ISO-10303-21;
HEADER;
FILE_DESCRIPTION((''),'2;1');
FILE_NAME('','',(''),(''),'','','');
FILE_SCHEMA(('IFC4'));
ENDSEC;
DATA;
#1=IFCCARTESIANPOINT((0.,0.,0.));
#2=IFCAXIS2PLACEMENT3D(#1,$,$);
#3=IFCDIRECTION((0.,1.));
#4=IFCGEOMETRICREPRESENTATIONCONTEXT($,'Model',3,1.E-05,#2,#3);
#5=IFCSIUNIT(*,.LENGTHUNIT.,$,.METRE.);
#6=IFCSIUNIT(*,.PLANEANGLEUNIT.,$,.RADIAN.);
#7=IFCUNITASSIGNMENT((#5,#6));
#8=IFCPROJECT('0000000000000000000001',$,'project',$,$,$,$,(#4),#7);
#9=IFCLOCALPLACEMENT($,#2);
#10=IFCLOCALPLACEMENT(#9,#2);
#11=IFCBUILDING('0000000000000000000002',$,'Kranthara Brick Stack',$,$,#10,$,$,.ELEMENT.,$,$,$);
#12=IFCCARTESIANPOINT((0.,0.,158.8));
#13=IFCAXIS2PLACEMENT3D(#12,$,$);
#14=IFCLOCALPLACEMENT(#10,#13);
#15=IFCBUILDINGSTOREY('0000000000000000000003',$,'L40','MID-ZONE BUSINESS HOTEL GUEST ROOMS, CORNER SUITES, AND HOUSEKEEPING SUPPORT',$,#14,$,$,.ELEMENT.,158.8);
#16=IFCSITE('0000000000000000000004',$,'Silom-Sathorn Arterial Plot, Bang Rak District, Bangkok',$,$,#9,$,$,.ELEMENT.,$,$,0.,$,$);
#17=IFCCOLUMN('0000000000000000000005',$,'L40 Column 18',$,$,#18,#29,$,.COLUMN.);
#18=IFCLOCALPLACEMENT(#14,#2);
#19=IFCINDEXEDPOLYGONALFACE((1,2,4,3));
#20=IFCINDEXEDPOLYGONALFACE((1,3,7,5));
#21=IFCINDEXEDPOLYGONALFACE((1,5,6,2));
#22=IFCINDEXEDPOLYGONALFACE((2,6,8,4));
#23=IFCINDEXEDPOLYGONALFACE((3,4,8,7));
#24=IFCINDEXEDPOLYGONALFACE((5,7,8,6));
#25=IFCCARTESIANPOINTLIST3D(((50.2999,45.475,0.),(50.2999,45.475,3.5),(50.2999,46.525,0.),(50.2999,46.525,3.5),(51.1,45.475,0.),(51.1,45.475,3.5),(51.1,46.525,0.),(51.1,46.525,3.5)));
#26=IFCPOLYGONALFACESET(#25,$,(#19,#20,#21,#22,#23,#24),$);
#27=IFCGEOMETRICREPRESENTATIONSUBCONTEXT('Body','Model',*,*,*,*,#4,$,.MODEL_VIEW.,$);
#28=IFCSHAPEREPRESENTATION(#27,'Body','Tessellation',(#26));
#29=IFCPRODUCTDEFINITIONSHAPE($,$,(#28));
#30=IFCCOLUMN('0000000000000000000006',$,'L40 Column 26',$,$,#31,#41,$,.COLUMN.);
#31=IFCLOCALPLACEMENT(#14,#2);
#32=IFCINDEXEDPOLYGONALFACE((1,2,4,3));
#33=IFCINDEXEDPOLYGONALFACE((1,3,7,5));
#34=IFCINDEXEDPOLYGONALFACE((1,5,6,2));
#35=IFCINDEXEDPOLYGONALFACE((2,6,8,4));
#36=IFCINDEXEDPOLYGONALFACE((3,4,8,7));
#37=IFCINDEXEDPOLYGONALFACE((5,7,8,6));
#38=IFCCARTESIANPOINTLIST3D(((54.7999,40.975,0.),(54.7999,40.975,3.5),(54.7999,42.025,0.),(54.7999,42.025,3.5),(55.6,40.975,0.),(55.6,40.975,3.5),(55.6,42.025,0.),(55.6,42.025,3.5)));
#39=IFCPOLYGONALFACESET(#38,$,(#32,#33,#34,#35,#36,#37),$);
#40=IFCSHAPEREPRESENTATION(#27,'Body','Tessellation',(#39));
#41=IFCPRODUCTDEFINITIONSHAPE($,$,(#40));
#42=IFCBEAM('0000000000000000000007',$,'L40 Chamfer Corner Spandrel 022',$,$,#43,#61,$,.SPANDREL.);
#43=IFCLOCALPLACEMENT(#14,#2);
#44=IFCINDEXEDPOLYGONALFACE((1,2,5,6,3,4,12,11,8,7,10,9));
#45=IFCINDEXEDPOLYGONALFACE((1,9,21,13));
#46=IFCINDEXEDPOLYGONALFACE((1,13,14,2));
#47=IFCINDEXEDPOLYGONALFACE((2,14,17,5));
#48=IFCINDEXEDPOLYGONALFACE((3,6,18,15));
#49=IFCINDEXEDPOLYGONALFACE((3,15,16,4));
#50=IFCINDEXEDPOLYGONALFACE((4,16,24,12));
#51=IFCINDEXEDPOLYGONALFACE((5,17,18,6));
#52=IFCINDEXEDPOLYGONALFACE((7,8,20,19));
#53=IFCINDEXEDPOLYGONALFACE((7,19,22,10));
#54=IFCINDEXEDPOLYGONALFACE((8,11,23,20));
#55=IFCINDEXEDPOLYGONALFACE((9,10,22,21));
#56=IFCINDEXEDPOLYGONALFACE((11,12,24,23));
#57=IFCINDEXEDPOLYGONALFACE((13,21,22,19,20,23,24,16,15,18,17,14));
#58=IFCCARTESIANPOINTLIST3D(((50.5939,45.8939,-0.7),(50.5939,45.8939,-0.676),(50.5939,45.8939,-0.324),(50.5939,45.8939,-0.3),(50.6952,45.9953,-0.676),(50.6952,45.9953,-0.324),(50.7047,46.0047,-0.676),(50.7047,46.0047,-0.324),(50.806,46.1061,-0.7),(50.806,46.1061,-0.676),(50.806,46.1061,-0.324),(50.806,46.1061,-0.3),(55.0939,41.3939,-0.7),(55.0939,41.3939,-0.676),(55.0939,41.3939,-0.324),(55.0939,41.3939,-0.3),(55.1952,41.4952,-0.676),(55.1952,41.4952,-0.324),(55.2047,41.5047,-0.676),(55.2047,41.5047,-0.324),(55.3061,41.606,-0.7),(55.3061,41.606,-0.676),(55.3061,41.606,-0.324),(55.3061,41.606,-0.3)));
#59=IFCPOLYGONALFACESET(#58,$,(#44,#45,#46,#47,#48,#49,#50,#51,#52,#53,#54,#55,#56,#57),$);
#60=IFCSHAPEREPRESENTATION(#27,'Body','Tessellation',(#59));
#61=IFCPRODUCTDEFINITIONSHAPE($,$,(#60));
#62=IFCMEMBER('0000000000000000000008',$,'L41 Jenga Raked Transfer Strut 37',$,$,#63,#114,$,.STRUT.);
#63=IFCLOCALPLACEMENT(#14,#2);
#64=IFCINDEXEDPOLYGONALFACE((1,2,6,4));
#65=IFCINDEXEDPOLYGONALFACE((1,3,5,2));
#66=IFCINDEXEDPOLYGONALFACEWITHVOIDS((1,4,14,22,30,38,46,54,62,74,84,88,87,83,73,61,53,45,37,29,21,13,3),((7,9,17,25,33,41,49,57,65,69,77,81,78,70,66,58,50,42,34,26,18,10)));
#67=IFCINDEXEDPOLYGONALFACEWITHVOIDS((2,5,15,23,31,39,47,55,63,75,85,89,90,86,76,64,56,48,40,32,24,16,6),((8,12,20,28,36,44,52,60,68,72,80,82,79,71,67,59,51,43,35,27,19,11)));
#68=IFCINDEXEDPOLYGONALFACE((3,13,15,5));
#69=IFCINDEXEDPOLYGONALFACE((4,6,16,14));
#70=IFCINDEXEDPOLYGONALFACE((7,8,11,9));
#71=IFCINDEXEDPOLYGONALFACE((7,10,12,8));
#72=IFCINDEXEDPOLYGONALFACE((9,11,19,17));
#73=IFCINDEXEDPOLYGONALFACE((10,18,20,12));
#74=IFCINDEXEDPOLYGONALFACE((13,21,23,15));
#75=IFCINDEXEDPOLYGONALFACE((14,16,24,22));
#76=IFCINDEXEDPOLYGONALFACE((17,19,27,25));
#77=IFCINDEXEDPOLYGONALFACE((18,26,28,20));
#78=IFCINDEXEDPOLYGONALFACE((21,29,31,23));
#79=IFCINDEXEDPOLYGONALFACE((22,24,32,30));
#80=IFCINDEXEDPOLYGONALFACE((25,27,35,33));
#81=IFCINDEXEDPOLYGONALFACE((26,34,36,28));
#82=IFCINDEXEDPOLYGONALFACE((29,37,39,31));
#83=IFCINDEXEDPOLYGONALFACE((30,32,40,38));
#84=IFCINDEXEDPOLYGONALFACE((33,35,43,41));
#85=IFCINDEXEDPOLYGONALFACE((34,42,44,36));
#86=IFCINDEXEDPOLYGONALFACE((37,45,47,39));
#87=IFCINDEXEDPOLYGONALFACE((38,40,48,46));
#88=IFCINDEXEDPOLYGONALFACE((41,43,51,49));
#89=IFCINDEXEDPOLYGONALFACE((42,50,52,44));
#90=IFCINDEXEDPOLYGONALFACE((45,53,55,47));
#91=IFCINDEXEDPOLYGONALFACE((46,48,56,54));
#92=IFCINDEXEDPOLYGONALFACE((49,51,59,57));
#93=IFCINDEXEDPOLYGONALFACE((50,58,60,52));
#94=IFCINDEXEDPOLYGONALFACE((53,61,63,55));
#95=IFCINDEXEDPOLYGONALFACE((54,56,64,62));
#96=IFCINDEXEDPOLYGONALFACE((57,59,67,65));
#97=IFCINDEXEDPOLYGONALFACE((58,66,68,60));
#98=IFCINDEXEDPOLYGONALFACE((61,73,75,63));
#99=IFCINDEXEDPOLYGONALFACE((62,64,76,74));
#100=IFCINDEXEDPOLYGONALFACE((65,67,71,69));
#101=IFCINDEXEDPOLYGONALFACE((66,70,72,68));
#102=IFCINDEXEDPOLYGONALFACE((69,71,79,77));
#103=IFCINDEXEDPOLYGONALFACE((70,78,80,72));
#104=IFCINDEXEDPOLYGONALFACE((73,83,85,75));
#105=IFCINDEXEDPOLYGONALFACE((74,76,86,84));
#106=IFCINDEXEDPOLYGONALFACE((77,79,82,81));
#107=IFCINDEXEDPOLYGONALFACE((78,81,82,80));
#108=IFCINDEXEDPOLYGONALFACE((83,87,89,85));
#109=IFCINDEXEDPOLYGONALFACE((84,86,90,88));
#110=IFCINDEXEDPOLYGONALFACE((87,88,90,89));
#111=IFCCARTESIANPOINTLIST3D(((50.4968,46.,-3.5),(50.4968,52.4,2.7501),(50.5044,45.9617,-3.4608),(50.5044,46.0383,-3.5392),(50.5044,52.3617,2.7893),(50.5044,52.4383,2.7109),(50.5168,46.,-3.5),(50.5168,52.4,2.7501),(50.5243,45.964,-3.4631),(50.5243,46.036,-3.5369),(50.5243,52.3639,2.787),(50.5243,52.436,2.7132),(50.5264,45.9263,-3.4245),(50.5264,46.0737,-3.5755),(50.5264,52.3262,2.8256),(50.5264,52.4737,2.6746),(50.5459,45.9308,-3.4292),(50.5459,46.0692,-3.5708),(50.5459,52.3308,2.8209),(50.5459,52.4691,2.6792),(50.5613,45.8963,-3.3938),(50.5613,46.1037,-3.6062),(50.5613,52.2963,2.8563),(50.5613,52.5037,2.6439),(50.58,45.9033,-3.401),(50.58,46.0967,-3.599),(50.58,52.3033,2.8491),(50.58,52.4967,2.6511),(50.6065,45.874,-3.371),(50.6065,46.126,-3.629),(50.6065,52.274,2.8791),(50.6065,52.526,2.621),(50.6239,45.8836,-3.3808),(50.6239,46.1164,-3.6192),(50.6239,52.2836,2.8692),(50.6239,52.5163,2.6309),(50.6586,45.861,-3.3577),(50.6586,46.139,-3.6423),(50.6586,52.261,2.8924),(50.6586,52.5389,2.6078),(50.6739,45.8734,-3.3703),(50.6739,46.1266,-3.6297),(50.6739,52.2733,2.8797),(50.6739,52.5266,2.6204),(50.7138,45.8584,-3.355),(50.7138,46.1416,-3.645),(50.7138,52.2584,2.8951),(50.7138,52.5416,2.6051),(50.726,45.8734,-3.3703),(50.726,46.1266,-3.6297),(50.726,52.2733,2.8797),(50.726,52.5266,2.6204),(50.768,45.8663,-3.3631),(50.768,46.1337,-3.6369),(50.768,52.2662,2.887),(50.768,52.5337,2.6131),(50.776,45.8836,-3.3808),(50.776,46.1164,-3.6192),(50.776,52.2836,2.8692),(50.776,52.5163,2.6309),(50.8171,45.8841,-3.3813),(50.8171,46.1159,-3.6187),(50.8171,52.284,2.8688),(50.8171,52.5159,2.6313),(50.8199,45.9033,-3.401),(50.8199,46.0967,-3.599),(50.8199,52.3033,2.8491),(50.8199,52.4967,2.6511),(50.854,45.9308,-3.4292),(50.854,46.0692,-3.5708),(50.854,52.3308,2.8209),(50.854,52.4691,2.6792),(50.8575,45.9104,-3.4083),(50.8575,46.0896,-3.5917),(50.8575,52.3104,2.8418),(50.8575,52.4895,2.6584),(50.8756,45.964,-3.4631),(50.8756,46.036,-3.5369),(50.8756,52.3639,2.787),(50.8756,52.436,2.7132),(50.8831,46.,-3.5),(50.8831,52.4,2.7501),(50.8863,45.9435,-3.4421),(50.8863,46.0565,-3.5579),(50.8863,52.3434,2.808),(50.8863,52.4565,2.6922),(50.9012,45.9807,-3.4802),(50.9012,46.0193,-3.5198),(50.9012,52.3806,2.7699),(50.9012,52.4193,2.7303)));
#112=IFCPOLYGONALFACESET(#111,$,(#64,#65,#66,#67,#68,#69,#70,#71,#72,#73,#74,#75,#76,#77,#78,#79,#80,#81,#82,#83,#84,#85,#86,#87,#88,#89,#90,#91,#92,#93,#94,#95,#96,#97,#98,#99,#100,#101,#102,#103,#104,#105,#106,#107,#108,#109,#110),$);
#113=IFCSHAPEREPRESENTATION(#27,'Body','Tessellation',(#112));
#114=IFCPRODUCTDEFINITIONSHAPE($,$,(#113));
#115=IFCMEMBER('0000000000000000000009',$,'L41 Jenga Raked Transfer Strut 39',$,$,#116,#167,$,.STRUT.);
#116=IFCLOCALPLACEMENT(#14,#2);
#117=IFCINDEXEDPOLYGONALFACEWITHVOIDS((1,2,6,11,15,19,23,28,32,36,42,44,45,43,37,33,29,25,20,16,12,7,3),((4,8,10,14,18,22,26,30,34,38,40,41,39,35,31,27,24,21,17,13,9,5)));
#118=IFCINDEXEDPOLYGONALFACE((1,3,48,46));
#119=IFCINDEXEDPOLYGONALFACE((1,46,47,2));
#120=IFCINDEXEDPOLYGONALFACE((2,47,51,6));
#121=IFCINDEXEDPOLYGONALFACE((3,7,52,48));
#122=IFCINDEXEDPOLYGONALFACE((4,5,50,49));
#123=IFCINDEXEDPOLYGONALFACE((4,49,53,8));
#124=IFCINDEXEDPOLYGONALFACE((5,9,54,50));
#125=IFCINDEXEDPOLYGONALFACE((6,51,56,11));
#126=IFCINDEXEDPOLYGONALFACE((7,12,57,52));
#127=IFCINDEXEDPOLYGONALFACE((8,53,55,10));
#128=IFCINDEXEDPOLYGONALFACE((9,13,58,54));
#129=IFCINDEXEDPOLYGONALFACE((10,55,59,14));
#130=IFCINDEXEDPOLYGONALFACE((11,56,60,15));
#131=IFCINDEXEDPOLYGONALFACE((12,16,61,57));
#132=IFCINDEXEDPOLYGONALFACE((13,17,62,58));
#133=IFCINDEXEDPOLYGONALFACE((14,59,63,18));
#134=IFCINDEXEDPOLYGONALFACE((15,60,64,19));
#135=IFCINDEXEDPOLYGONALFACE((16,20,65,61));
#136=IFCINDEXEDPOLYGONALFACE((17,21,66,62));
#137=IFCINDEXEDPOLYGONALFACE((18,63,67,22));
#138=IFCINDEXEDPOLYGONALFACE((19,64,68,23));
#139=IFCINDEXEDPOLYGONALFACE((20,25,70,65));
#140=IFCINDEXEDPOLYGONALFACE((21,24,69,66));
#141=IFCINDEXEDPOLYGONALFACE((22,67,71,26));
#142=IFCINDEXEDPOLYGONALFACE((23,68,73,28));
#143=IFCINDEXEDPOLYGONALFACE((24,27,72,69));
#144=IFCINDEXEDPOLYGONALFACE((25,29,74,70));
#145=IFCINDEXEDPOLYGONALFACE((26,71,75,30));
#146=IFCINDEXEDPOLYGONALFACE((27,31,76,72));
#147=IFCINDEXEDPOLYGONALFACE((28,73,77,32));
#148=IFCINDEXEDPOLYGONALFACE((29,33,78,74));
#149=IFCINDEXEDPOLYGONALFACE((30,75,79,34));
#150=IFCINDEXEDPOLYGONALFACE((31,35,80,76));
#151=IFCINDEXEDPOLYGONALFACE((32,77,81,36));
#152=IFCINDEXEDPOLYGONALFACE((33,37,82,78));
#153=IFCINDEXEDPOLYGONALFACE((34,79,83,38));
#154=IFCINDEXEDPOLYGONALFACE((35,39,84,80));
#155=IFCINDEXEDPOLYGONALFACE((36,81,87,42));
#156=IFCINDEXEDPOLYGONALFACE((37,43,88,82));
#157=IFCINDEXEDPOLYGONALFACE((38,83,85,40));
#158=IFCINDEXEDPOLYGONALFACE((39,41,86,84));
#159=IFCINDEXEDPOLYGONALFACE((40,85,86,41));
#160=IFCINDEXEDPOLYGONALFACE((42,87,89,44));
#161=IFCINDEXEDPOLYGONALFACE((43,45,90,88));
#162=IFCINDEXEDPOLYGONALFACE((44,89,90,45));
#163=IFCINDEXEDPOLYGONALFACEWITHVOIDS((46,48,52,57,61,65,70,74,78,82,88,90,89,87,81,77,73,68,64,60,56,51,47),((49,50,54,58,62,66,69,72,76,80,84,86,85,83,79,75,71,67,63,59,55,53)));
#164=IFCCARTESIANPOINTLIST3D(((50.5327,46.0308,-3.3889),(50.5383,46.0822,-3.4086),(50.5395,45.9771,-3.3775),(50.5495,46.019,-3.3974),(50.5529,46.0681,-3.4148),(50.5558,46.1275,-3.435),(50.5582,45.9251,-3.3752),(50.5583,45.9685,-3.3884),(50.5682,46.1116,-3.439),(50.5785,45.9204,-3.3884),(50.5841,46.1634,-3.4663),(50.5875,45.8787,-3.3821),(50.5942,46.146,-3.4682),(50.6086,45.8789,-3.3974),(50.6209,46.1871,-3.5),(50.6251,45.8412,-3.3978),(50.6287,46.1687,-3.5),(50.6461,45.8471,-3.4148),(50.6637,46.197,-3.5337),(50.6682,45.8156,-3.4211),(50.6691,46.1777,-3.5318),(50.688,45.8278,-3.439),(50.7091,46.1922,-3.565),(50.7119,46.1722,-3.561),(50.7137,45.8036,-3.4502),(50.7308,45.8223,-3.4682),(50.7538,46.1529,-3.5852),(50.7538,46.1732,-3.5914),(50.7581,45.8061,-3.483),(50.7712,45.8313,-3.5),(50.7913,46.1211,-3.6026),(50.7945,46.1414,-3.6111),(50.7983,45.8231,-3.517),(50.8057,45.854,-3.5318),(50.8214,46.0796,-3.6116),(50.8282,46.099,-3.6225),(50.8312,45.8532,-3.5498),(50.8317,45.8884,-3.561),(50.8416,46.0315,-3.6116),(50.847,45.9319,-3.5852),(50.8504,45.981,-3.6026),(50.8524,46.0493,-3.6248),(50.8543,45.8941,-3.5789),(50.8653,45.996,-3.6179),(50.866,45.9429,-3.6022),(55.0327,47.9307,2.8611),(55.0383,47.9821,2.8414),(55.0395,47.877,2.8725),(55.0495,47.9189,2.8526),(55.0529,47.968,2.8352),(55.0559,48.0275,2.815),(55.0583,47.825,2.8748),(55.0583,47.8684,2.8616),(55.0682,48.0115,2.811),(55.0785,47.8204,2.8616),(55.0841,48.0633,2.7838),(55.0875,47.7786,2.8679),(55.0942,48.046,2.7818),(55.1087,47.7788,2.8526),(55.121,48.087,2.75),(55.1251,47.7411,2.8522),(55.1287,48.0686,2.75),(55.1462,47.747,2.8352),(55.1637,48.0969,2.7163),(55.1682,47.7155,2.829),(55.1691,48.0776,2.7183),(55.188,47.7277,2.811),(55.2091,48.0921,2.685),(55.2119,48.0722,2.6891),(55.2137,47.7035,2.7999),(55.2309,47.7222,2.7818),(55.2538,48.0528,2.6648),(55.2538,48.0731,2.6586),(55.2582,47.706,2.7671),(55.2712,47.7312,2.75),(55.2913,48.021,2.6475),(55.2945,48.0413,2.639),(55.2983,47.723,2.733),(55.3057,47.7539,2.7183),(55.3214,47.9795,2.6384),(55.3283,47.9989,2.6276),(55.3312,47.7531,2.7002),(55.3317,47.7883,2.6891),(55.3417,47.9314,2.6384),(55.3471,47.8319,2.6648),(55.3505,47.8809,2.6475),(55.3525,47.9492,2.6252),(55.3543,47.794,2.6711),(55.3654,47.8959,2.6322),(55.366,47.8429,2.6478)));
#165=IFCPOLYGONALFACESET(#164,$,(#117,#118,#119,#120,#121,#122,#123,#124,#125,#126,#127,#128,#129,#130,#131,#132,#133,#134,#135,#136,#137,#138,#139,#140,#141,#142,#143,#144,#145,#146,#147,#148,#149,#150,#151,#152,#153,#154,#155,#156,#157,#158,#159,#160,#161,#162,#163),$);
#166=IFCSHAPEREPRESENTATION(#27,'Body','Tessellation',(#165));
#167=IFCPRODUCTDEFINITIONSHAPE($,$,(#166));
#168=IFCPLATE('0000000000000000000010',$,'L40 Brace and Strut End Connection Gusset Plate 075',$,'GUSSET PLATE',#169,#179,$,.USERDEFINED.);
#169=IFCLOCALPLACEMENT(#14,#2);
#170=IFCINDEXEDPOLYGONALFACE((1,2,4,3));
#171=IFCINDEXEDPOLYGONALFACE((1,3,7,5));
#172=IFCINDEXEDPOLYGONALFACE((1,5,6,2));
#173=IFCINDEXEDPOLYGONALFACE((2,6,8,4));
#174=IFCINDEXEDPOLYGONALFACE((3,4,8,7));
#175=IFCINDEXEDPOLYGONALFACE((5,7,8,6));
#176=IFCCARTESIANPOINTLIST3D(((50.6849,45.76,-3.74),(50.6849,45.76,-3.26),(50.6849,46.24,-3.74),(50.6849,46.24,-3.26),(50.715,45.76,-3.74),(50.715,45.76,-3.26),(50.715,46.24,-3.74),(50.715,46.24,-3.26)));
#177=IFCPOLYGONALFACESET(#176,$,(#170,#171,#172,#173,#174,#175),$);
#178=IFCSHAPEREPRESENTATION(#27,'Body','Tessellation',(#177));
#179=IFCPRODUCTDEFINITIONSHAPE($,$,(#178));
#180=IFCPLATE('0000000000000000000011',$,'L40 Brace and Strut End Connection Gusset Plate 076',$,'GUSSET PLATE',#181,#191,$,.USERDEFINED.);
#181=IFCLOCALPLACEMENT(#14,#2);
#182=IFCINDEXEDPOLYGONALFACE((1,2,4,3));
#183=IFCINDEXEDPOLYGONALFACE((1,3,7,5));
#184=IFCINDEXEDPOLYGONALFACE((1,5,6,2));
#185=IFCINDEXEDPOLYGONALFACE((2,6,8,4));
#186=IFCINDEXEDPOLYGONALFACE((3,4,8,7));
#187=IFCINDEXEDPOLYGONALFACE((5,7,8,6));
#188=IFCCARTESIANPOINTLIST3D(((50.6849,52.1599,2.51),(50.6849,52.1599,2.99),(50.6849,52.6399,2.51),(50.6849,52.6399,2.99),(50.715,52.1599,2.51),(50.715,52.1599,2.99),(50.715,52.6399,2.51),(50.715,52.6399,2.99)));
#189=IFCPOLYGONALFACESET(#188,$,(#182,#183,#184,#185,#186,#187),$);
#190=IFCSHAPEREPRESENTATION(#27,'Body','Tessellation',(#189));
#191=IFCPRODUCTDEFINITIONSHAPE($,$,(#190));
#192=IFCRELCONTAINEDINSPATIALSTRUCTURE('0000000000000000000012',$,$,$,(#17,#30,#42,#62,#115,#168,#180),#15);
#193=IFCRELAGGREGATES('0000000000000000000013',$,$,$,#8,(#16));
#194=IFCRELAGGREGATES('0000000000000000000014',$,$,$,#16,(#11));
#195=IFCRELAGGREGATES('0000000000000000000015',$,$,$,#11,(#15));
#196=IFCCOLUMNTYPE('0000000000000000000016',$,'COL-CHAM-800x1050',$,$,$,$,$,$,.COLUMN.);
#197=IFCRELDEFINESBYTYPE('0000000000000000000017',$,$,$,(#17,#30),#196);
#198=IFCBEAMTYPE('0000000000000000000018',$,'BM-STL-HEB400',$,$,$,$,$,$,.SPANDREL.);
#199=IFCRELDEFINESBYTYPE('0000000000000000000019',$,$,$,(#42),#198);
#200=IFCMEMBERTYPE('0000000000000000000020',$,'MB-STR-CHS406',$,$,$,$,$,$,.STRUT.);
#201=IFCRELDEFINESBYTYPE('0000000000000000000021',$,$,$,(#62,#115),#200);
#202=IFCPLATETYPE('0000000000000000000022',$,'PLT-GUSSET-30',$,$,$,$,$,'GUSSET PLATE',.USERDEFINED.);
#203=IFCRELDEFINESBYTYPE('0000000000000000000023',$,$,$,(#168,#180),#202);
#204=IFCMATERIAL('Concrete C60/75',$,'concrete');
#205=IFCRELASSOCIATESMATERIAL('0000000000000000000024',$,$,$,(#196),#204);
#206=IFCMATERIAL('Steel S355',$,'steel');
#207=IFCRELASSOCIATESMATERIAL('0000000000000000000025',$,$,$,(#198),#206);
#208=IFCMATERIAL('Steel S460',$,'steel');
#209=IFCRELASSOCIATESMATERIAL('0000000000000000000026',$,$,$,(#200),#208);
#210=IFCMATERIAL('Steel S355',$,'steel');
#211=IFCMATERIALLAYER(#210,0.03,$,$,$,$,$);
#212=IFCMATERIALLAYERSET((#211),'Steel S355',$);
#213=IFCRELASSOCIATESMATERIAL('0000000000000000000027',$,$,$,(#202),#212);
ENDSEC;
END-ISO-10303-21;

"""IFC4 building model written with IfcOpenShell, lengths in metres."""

from ifc_helpers import new_model, si_unit, direction, frame, origin, origin_2d, place, context, subcontext, project, spatial, rectangle, hollow_circle, i_section, extrude, material, layer, layer_set, material_profile, profile_set, type_object, element, save


model = new_model("IFC4")

# Units and contexts
model_context = context("Model", 3, precision=1e-05, world=origin(), true_north=direction((0.0, 1.0)))
body_context = subcontext(model_context, "Body", "Model", "MODEL_VIEW")
ifc_project = project(units=[si_unit("LENGTHUNIT", "METRE"), si_unit("PLANEANGLEUNIT", "RADIAN")], contexts=[model_context])

# Site, building, storey
site_placement = place(None, origin())
site = spatial("IfcSite", under=ifc_project, at=site_placement, Name="Silom-Sathorn Arterial Plot, Bang Rak District, Bangkok", CompositionType="ELEMENT", RefElevation=0.0)
building_placement = place(site_placement, origin())
building = spatial("IfcBuilding", under=site, at=building_placement, Name="Kranthara Brick Stack", CompositionType="ELEMENT")
storey_placement = place(building_placement, frame((0.0, 0.0, 158.8)))
storey = spatial("IfcBuildingStorey", under=building, at=storey_placement, Name="L40", Description="MID-ZONE BUSINESS HOTEL GUEST ROOMS, CORNER SUITES, AND HOUSEKEEPING SUPPORT", CompositionType="ELEMENT", Elevation=158.8)

# Columns
ifc_material_1 = material(Name="Concrete C60/75", Category="concrete")
ifc_material_profile_1 = material_profile(ifc_material_1, rectangle(XDim=0.8, YDim=1.05, at=origin_2d()), Name="RC 800x1050")
ifc_profile_set_1 = profile_set([ifc_material_profile_1], Name="Concrete C60/75")
column_type = type_object("IfcColumnType", Name="COL-CHAM-800x1050", PredefinedType="COLUMN", material=ifc_profile_set_1)
for number, where, z_axis, x_axis, name in (
    (1, (50.7, 46.0, 0.0), (0.0, 0.0, 1.0), (1.0, 0.0, 0.0), "L40 Column 18"),
    (2, (55.2, 41.5, 0.0), (0.0, 0.0, 1.0), (1.0, 0.0, 0.0), "L40 Column 26"),
):
    element("IfcColumn", number, at=place(storey_placement, frame(where, z_axis=z_axis, x_axis=x_axis)), inside=storey, type_object=column_type, Name=name, PredefinedType="COLUMN", context=body_context, shape_type="SweptSolid", body=[
        extrude(rectangle(XDim=0.8, YDim=1.05, at=origin_2d()), origin(), (0.0, 0.0, 1.0), 3.5),
    ])

# Beam
ifc_material_2 = material(Name="Steel S355", Category="steel")
ifc_material_profile_2 = material_profile(ifc_material_2, i_section(OverallWidth=0.3, OverallDepth=0.3999, WebThickness=0.0134, FlangeThickness=0.0239, at=origin_2d()), Name="HEB 400")
ifc_profile_set_2 = profile_set([ifc_material_profile_2], Name="Steel S355")
beam_type = type_object("IfcBeamType", Name="BM-STL-HEB400", PredefinedType="SPANDREL", material=ifc_profile_set_2)
beam_placement = place(storey_placement, frame((50.7, 46.0, -0.5), z_axis=(0.707107, -0.707107, 0.0), x_axis=(0.707107, 0.707107, 0.0)))
element("IfcBeam", 3, at=beam_placement, inside=storey, type_object=beam_type, Name="L40 Chamfer Corner Spandrel 022", PredefinedType="SPANDREL", context=body_context, shape_type="SweptSolid", body=[
    extrude(i_section(OverallWidth=0.3, OverallDepth=0.3999, WebThickness=0.0134, FlangeThickness=0.0239, at=origin_2d()), origin(), (0.0, 0.0, 1.0), 6.364),
])

# Members
ifc_material_3 = material(Name="Steel S460", Category="steel")
ifc_material_profile_3 = material_profile(ifc_material_3, hollow_circle(Radius=0.2031, WallThickness=0.02, at=origin_2d()), Name="CHS 406.4x20")
ifc_profile_set_3 = profile_set([ifc_material_profile_3], Name="Steel S460")
member_type = type_object("IfcMemberType", Name="MB-STR-CHS406", PredefinedType="STRUT", material=ifc_profile_set_3)
member_1_placement = place(storey_placement, frame((50.7, 46.0, -3.5), z_axis=(0.0, 0.715436, 0.698678), x_axis=(-1.0, 0.0, 0.0)))
element("IfcMember", 4, at=member_1_placement, inside=storey, type_object=member_type, Name="L41 Jenga Raked Transfer Strut 37", PredefinedType="STRUT", context=body_context, shape_type="SweptSolid", body=[
    extrude(hollow_circle(Radius=0.2031, WallThickness=0.02, at=origin_2d()), origin(), (0.0, 0.0, 1.0), 8.9456),
])
member_2_placement = place(storey_placement, frame((50.7, 46.0, -3.5), z_axis=(0.567297, 0.239513, 0.787913), x_axis=(-0.388955, 0.921257, 0.0)))
element("IfcMember", 5, at=member_2_placement, inside=storey, type_object=member_type, Name="L41 Jenga Raked Transfer Strut 39", PredefinedType="STRUT", context=body_context, shape_type="SweptSolid", body=[
    extrude(hollow_circle(Radius=0.2031, WallThickness=0.02, at=origin_2d()), origin(), (0.0, 0.0, 1.0), 7.9324),
])

# Plates
ifc_material_4 = material(Name="Steel S355", Category="steel")
ifc_layer_1 = layer(ifc_material_4, 0.03)
ifc_layer_set_1 = layer_set([ifc_layer_1], Name="Steel S355")
plate_type = type_object("IfcPlateType", Name="PLT-GUSSET-30", ElementType="GUSSET PLATE", PredefinedType="USERDEFINED", material=ifc_layer_set_1)
for number, where, z_axis, x_axis, name in (
    (6, (50.7, 46.0, -3.74), (0.0, 0.0, 1.0), (0.0, 1.0, 0.0), "L40 Brace and Strut End Connection Gusset Plate 075"),
    (7, (50.7, 52.3999, 2.51), (0.0, 0.0, 1.0), (0.0, 1.0, 0.0), "L40 Brace and Strut End Connection Gusset Plate 076"),
):
    element("IfcPlate", number, at=place(storey_placement, frame(where, z_axis=z_axis, x_axis=x_axis)), inside=storey, type_object=plate_type, Name=name, ObjectType="GUSSET PLATE", PredefinedType="USERDEFINED", context=body_context, shape_type="SweptSolid", body=[
        extrude(rectangle(XDim=0.48, YDim=0.03, at=origin_2d()), origin(), (0.0, 0.0, 1.0), 0.48),
    ])

save(model, "model.ifc")
